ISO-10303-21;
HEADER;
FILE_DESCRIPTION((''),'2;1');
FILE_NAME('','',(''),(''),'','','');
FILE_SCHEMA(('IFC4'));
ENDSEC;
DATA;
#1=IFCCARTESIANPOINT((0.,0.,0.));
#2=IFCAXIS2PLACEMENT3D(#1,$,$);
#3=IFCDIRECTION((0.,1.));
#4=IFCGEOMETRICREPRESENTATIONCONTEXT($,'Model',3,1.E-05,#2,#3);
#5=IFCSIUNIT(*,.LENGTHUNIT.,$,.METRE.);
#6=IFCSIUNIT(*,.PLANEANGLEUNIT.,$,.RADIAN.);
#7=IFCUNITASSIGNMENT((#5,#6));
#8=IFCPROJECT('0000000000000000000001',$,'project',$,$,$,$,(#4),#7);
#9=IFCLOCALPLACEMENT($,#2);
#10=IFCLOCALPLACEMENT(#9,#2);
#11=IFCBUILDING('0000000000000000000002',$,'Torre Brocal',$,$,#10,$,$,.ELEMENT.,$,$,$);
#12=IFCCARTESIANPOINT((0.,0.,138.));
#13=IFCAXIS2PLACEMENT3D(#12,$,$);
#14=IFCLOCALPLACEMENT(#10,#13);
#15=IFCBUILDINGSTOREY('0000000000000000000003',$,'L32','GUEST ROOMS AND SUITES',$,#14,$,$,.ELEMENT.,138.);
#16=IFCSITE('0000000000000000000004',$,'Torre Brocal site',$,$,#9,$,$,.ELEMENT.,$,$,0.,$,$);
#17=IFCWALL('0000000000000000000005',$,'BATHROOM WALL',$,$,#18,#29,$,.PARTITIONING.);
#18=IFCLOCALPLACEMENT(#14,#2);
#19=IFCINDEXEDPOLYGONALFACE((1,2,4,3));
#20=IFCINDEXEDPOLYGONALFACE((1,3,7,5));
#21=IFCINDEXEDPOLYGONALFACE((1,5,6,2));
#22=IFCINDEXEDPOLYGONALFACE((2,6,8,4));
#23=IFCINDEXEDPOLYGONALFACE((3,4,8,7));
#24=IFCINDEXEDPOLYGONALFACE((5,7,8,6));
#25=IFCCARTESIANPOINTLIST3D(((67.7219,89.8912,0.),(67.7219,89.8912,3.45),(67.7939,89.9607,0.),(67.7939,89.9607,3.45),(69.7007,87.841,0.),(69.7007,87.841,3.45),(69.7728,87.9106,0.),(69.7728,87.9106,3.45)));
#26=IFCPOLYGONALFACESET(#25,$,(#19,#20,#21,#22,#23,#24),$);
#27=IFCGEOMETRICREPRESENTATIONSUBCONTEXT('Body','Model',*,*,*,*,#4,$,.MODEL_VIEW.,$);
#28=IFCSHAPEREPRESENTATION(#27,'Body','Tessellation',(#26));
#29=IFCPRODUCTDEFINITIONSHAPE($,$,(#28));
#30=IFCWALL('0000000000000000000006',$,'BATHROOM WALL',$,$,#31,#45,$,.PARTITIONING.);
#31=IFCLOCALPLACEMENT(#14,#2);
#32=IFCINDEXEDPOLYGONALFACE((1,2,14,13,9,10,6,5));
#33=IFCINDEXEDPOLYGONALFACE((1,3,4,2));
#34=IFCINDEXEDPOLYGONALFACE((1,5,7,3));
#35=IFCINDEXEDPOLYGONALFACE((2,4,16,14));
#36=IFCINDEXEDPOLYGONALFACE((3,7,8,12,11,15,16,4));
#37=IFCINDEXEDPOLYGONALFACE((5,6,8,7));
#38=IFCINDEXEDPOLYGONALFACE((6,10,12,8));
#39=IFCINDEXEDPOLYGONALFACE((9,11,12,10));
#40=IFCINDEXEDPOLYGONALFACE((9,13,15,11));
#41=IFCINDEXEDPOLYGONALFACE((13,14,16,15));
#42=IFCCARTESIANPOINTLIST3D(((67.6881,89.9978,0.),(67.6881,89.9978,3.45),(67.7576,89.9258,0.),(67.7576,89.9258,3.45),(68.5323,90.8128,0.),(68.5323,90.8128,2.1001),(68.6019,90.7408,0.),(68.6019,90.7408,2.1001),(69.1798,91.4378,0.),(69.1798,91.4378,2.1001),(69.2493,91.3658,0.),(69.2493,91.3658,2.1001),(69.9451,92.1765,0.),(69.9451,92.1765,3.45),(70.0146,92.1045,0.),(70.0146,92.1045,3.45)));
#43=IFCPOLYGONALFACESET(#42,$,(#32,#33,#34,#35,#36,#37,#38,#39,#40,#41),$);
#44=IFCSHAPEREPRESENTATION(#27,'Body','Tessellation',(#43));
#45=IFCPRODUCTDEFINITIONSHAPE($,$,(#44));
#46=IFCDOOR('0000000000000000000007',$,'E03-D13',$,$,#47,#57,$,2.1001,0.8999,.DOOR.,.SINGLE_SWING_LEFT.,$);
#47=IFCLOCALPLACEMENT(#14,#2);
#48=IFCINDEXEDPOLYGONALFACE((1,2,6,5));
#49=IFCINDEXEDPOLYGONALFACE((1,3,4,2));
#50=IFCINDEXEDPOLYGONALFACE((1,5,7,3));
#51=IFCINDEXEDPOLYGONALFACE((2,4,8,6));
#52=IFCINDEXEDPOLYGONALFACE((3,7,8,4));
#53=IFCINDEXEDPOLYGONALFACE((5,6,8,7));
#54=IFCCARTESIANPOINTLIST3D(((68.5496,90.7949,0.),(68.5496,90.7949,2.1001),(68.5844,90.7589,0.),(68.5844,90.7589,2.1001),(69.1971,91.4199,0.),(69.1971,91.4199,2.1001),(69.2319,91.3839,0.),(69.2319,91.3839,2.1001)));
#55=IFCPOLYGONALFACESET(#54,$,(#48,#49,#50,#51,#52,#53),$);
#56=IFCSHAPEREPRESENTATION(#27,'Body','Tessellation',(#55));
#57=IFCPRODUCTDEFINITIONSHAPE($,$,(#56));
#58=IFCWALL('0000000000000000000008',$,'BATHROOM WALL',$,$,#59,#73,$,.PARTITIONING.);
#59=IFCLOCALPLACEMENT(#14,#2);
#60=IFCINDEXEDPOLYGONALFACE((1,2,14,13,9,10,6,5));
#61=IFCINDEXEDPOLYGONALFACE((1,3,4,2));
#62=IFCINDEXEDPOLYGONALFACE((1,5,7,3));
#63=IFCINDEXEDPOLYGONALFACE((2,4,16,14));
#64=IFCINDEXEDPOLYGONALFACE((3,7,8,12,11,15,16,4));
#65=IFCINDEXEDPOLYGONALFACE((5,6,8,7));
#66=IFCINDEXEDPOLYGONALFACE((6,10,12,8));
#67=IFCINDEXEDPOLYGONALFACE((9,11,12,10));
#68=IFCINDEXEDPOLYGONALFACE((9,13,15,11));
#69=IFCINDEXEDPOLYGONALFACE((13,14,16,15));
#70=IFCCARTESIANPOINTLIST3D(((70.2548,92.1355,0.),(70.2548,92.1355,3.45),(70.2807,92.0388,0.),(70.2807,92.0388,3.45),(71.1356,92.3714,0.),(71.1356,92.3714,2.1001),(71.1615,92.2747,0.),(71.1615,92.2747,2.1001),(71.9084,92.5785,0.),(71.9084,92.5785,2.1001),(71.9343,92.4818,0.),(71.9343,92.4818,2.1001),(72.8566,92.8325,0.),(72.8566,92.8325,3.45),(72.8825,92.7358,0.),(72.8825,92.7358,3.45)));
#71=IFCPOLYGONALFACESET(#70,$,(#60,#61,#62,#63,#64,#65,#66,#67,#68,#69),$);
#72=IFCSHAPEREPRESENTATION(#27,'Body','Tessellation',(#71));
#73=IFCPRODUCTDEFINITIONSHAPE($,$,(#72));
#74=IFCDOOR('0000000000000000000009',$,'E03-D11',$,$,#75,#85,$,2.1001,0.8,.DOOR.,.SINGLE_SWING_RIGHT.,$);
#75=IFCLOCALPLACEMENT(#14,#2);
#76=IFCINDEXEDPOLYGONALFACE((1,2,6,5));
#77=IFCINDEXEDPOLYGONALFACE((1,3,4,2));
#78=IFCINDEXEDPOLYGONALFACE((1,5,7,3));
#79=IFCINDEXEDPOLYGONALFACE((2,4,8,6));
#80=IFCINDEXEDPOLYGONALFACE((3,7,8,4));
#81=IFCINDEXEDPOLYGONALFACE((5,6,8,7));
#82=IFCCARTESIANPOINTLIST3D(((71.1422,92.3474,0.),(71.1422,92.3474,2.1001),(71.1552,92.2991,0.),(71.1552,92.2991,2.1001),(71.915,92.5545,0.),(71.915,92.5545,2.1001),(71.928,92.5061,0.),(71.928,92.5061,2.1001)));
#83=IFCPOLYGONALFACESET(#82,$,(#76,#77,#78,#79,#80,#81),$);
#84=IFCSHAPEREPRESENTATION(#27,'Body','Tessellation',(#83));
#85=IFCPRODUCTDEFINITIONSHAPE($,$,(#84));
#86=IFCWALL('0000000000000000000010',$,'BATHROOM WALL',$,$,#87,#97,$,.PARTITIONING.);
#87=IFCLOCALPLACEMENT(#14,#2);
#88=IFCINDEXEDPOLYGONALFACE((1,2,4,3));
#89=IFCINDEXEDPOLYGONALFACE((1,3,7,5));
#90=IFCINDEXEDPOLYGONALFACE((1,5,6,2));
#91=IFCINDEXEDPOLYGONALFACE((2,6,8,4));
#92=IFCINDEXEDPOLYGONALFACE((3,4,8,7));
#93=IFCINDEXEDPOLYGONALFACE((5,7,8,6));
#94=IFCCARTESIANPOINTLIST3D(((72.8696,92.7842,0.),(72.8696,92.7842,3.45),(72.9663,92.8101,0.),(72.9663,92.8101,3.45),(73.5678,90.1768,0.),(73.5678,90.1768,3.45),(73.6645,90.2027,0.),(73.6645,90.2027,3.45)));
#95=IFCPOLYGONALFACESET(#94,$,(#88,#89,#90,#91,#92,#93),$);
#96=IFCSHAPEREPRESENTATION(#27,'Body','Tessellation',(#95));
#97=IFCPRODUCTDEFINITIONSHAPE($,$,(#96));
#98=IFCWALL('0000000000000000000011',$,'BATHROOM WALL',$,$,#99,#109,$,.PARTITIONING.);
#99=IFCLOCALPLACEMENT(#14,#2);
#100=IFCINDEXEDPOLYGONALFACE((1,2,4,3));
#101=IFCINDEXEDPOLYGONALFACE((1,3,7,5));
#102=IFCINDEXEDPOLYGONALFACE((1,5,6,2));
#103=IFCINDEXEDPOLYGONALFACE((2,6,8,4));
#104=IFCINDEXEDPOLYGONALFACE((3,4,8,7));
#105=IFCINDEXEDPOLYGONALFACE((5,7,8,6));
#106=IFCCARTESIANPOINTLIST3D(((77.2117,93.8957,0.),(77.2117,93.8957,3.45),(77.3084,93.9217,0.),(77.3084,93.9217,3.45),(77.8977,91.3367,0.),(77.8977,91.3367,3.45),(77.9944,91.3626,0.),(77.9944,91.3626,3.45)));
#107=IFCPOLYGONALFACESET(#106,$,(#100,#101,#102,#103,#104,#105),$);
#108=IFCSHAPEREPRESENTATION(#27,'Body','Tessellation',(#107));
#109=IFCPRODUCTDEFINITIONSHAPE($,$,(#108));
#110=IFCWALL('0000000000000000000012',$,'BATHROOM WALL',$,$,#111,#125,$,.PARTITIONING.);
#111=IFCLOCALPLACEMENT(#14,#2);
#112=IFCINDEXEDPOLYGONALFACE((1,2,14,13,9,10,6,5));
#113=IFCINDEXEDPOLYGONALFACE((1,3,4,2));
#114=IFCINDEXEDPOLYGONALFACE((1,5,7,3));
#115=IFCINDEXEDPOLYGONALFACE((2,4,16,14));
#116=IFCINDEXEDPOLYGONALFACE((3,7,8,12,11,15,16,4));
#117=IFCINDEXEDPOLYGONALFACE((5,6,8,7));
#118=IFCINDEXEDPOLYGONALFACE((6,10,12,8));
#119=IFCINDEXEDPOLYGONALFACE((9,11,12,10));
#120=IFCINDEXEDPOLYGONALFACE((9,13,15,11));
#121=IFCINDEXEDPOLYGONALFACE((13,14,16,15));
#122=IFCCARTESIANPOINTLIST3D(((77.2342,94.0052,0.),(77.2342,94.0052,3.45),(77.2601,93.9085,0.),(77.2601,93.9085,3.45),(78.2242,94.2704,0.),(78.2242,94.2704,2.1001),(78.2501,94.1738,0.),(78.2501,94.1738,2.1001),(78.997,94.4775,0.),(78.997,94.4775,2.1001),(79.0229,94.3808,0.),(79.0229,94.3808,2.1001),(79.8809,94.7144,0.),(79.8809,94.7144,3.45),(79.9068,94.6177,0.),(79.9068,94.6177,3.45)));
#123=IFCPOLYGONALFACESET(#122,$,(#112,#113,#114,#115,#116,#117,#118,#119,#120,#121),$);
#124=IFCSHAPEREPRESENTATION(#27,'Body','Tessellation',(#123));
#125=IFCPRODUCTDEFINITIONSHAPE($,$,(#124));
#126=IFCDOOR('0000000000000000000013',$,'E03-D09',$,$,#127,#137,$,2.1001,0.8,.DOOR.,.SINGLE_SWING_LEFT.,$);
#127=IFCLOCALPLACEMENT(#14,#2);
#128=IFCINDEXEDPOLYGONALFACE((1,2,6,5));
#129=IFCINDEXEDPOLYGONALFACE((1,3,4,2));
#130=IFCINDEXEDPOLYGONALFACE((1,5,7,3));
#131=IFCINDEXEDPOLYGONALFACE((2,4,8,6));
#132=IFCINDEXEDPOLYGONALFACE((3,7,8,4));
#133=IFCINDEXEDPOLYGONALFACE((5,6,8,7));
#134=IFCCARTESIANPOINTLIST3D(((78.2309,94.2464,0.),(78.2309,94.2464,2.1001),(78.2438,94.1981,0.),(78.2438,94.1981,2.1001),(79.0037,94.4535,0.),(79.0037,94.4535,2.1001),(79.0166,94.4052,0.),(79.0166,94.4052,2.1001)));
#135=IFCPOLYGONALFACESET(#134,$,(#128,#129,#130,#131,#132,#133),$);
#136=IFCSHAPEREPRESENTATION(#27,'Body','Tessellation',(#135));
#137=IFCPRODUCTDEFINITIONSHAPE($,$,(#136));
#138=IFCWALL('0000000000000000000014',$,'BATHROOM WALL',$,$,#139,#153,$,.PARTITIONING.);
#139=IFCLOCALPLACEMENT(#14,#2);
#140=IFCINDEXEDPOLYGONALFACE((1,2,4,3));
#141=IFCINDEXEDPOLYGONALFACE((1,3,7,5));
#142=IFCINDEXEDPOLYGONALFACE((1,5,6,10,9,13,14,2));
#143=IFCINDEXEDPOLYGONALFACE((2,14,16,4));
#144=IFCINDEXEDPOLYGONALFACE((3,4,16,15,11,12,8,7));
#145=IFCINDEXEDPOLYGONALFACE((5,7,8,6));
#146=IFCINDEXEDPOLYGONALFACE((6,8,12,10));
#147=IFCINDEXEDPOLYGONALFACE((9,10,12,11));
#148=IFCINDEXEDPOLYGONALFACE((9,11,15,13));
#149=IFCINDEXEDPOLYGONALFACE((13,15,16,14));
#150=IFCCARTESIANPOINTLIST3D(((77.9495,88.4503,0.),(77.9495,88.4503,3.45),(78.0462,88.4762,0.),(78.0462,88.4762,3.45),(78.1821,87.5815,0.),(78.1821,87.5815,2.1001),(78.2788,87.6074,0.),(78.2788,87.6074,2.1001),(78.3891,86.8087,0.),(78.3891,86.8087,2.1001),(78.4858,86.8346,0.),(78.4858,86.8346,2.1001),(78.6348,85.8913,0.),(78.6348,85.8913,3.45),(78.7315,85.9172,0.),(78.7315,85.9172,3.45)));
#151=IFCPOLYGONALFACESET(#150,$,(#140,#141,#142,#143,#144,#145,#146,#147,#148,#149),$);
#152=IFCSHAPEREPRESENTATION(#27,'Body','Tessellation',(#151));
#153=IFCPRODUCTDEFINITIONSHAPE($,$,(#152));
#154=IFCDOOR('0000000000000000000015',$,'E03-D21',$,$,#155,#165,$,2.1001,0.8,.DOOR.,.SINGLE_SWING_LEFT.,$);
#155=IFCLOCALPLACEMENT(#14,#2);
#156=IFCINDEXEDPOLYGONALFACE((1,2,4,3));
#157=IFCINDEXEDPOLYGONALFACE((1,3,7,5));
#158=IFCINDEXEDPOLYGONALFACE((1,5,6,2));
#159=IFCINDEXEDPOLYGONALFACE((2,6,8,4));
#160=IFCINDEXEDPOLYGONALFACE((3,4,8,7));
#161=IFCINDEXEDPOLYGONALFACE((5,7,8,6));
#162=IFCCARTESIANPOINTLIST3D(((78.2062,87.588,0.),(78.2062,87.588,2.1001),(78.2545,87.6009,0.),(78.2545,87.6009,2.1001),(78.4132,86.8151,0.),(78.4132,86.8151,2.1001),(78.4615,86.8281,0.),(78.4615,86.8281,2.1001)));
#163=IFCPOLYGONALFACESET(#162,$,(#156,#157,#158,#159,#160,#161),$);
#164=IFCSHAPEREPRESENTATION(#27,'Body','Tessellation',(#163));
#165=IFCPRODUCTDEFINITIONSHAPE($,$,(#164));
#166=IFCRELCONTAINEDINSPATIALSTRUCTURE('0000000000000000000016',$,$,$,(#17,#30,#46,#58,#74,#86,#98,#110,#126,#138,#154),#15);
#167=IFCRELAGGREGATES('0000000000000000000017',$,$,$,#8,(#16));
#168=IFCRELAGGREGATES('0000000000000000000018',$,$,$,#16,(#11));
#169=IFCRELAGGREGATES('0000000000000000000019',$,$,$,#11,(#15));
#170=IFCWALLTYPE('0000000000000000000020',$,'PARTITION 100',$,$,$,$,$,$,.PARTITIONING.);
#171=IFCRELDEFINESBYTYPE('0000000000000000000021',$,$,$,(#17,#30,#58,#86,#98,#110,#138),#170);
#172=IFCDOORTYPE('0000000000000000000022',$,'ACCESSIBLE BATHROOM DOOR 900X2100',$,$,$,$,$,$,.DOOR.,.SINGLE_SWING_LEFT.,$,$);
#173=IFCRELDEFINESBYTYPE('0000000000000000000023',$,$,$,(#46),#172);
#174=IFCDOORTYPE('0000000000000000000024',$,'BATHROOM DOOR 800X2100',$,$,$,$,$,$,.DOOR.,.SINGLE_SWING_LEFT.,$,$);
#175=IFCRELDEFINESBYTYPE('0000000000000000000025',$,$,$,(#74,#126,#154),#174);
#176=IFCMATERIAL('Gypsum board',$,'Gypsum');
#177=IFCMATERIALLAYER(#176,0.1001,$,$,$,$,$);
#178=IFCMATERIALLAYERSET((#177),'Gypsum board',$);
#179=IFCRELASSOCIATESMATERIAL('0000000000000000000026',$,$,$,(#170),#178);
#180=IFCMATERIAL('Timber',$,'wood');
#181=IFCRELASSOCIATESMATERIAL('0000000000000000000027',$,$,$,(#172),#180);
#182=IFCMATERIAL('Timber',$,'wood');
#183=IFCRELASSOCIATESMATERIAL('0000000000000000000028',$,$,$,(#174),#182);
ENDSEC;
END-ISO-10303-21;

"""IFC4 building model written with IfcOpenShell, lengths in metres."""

from ifc_helpers import new_model, si_unit, direction, frame, frame_2d, origin, place, context, subcontext, project, spatial, rectangle, extrude, material, layer, layer_set, type_object, element, fill, save


model = new_model("IFC4")

# Units and contexts
model_context = context("Model", 3, precision=1e-05, world=origin(), true_north=direction((0.0, 1.0)))
body_context = subcontext(model_context, "Body", "Model", "MODEL_VIEW")
ifc_project = project(units=[si_unit("LENGTHUNIT", "METRE"), si_unit("PLANEANGLEUNIT", "RADIAN")], contexts=[model_context])

# Site, building, storey
site_placement = place(None, origin())
site = spatial("IfcSite", under=ifc_project, at=site_placement, Name="Torre Brocal site", CompositionType="ELEMENT", RefElevation=0.0)
building_placement = place(site_placement, origin())
building = spatial("IfcBuilding", under=site, at=building_placement, Name="Torre Brocal", CompositionType="ELEMENT")
storey_placement = place(building_placement, frame((0.0, 0.0, 138.0)))
storey = spatial("IfcBuildingStorey", under=building, at=storey_placement, Name="L32", Description="GUEST ROOMS AND SUITES", CompositionType="ELEMENT", Elevation=138.0)

# Wall
ifc_material_1 = material(Name="Gypsum board", Category="Gypsum")
ifc_layer_1 = layer(ifc_material_1, 0.1001)
ifc_layer_set_1 = layer_set([ifc_layer_1], Name="Gypsum board")
wall_type_1 = type_object("IfcWallType", Name="PARTITION 100", PredefinedType="PARTITIONING", material=ifc_layer_set_1)
wall_1_placement = place(storey_placement, frame((67.7578, 89.926, 0.0), z_axis=(0.0, 0.0, 1.0), x_axis=(0.694486, -0.719506, 0.0)))
element("IfcWall", 1, at=wall_1_placement, inside=storey, type_object=wall_type_1, Name="BATHROOM WALL", PredefinedType="PARTITIONING", context=body_context, shape_type="SweptSolid", body=[
    extrude(rectangle(XDim=2.8494, YDim=0.1001, at=frame_2d((1.4248, 0.0))), origin(), (0.0, 0.0, 1.0), 3.45),
])

# Walls, openings, doors
wall_2_placement = place(storey_placement, frame((67.7229, 89.9619, 0.0), z_axis=(0.0, 0.0, 1.0), x_axis=(0.719487, 0.694506, 0.0)))
wall_2 = element("IfcWall", 2, at=wall_2_placement, inside=storey, type_object=wall_type_1, Name="BATHROOM WALL", PredefinedType="PARTITIONING", context=body_context, shape_type="SweptSolid", body=[
    extrude(rectangle(XDim=3.137, YDim=0.1001, at=frame_2d((1.5684, 0.0))), origin(), (0.0, 0.0, 1.0), 3.45),
])
opening_1_placement = place(wall_2_placement, frame((1.1733, 0.0, 0.0)))
opening_1 = element("IfcOpeningElement", 3, at=opening_1_placement, cuts=wall_2, PredefinedType="OPENING", context=body_context, shape_type="SweptSolid", body=[
    extrude(rectangle(XDim=0.8999, YDim=2.1001, at=frame_2d((0.45, 1.05))), frame((0.0, 0.0601, 0.0), z_axis=(0.0, -1.0, 0.0), x_axis=(1.0, 0.0, 0.0)), (0.0, 0.0, 1.0), 0.1201),
])
ifc_material_2 = material(Name="Timber", Category="wood")
door_type_1 = type_object("IfcDoorType", Name="ACCESSIBLE BATHROOM DOOR 900X2100", OperationType="SINGLE_SWING_LEFT", PredefinedType="DOOR", material=ifc_material_2)
door_1_placement = place(opening_1_placement, frame((0.8999, 0.0, 0.0), z_axis=(0.0, 0.0, 1.0), x_axis=(-1.0, 0.0, 0.0)))
door_1 = element("IfcDoor", 4, at=door_1_placement, inside=storey, type_object=door_type_1, Name="E03-D13", OperationType="SINGLE_SWING_LEFT", OverallHeight=2.1001, OverallWidth=0.8999, PredefinedType="DOOR", context=body_context, shape_type="SweptSolid", body=[
    extrude(rectangle(XDim=0.8999, YDim=2.1001, at=frame_2d((0.45, 1.05))), frame((0.0, 0.0249, 0.0), z_axis=(0.0, -1.0, 0.0), x_axis=(1.0, 0.0, 0.0)), (0.0, 0.0, 1.0), 0.05),
])
fill(opening_1, door_1)
wall_3_placement = place(storey_placement, frame((70.2678, 92.0872, 0.0), z_axis=(0.0, 0.0, 1.0), x_axis=(0.965938, 0.258774, 0.0)))
wall_3 = element("IfcWall", 5, at=wall_3_placement, inside=storey, type_object=wall_type_1, Name="BATHROOM WALL", PredefinedType="PARTITIONING", context=body_context, shape_type="SweptSolid", body=[
    extrude(rectangle(XDim=2.6936, YDim=0.1001, at=frame_2d((1.3467, 0.0))), origin(), (0.0, 0.0, 1.0), 3.45),
])
opening_2_placement = place(wall_3_placement, frame((0.9119, 0.0, 0.0)))
opening_2 = element("IfcOpeningElement", 6, at=opening_2_placement, cuts=wall_3, PredefinedType="OPENING", context=body_context, shape_type="SweptSolid", body=[
    extrude(rectangle(XDim=0.8, YDim=2.1001, at=frame_2d((0.3999, 1.05))), frame((0.0, 0.0601, 0.0), z_axis=(0.0, -1.0, 0.0), x_axis=(1.0, 0.0, 0.0)), (0.0, 0.0, 1.0), 0.1201),
])
ifc_material_3 = material(Name="Timber", Category="wood")
door_type_2 = type_object("IfcDoorType", Name="BATHROOM DOOR 800X2100", OperationType="SINGLE_SWING_LEFT", PredefinedType="DOOR", material=ifc_material_3)
door_2_placement = place(opening_2_placement, frame((0.8, 0.0, 0.0), z_axis=(0.0, 0.0, 1.0), x_axis=(-1.0, 0.0, 0.0)))
door_2 = element("IfcDoor", 7, at=door_2_placement, inside=storey, type_object=door_type_2, Name="E03-D11", OperationType="SINGLE_SWING_RIGHT", OverallHeight=2.1001, OverallWidth=0.8, PredefinedType="DOOR", context=body_context, shape_type="SweptSolid", body=[
    extrude(rectangle(XDim=0.8, YDim=2.1001, at=frame_2d((0.3999, 1.05))), frame((0.0, 0.0249, 0.0), z_axis=(0.0, -1.0, 0.0), x_axis=(1.0, 0.0, 0.0)), (0.0, 0.0, 1.0), 0.05),
])
fill(opening_2, door_2)

# Walls
wall_4_placement = place(storey_placement, frame((72.918, 92.7971, 0.0), z_axis=(0.0, 0.0, 1.0), x_axis=(0.258676, -0.965964, 0.0)))
element("IfcWall", 8, at=wall_4_placement, inside=storey, type_object=wall_type_1, Name="BATHROOM WALL", PredefinedType="PARTITIONING", context=body_context, shape_type="SweptSolid", body=[
    extrude(rectangle(XDim=2.6992, YDim=0.1001, at=frame_2d((1.3496, 0.0))), origin(), (0.0, 0.0, 1.0), 3.45),
])
wall_5_placement = place(storey_placement, frame((77.26, 93.9087, 0.0), z_axis=(0.0, 0.0, 1.0), x_axis=(0.258936, -0.965895, 0.0)))
element("IfcWall", 9, at=wall_5_placement, inside=storey, type_object=wall_type_1, Name="BATHROOM WALL", PredefinedType="PARTITIONING", context=body_context, shape_type="SweptSolid", body=[
    extrude(rectangle(XDim=2.6494, YDim=0.1001, at=frame_2d((1.3247, 0.0))), origin(), (0.0, 0.0, 1.0), 3.45),
])

# Walls, openings, doors
wall_6_placement = place(storey_placement, frame((77.2471, 93.9568, 0.0), z_axis=(0.0, 0.0, 1.0), x_axis=(0.965922, 0.258833, 0.0)))
wall_6 = element("IfcWall", 10, at=wall_6_placement, inside=storey, type_object=wall_type_1, Name="BATHROOM WALL", PredefinedType="PARTITIONING", context=body_context, shape_type="SweptSolid", body=[
    extrude(rectangle(XDim=2.74, YDim=0.1001, at=frame_2d((1.3701, 0.0))), origin(), (0.0, 0.0, 1.0), 3.45),
])
opening_3_placement = place(wall_6_placement, frame((1.0251, 0.0, 0.0)))
opening_3 = element("IfcOpeningElement", 11, at=opening_3_placement, cuts=wall_6, PredefinedType="OPENING", context=body_context, shape_type="SweptSolid", body=[
    extrude(rectangle(XDim=0.8, YDim=2.1001, at=frame_2d((0.3999, 1.05))), frame((0.0, 0.0601, 0.0), z_axis=(0.0, -1.0, 0.0), x_axis=(1.0, 0.0, 0.0)), (0.0, 0.0, 1.0), 0.1201),
])
door_3_placement = place(opening_3_placement, frame((0.8, 0.0, 0.0), z_axis=(0.0, 0.0, 1.0), x_axis=(-1.0, 0.0, 0.0)))
door_3 = element("IfcDoor", 12, at=door_3_placement, inside=storey, type_object=door_type_2, Name="E03-D09", OperationType="SINGLE_SWING_LEFT", OverallHeight=2.1001, OverallWidth=0.8, PredefinedType="DOOR", context=body_context, shape_type="SweptSolid", body=[
    extrude(rectangle(XDim=0.8, YDim=2.1001, at=frame_2d((0.3999, 1.05))), frame((0.0, 0.0249, 0.0), z_axis=(0.0, -1.0, 0.0), x_axis=(1.0, 0.0, 0.0)), (0.0, 0.0, 1.0), 0.05),
])
fill(opening_3, door_3)
wall_7_placement = place(storey_placement, frame((77.9978, 88.4634, 0.0), z_axis=(0.0, 0.0, 1.0), x_axis=(0.258678, -0.965964, 0.0)))
wall_7 = element("IfcWall", 13, at=wall_7_placement, inside=storey, type_object=wall_type_1, Name="BATHROOM WALL", PredefinedType="PARTITIONING", context=body_context, shape_type="SweptSolid", body=[
    extrude(rectangle(XDim=2.6492, YDim=0.1001, at=frame_2d((1.3247, 0.0))), origin(), (0.0, 0.0, 1.0), 3.45),
])
opening_4_placement = place(wall_7_placement, frame((0.8997, 0.0, 0.0)))
opening_4 = element("IfcOpeningElement", 14, at=opening_4_placement, cuts=wall_7, PredefinedType="OPENING", context=body_context, shape_type="SweptSolid", body=[
    extrude(rectangle(XDim=0.8, YDim=2.1001, at=frame_2d((0.3999, 1.05))), frame((0.0, 0.0601, 0.0), z_axis=(0.0, -1.0, 0.0), x_axis=(1.0, 0.0, 0.0)), (0.0, 0.0, 1.0), 0.1201),
])
door_4_placement = place(opening_4_placement, origin())
door_4 = element("IfcDoor", 15, at=door_4_placement, inside=storey, type_object=door_type_2, Name="E03-D21", OperationType="SINGLE_SWING_LEFT", OverallHeight=2.1001, OverallWidth=0.8, PredefinedType="DOOR", context=body_context, shape_type="SweptSolid", body=[
    extrude(rectangle(XDim=0.8, YDim=2.1001, at=frame_2d((0.3999, 1.05))), frame((0.0, 0.0249, 0.0), z_axis=(0.0, -1.0, 0.0), x_axis=(1.0, 0.0, 0.0)), (0.0, 0.0, 1.0), 0.05),
])
fill(opening_4, door_4)

save(model, "model.ifc")
